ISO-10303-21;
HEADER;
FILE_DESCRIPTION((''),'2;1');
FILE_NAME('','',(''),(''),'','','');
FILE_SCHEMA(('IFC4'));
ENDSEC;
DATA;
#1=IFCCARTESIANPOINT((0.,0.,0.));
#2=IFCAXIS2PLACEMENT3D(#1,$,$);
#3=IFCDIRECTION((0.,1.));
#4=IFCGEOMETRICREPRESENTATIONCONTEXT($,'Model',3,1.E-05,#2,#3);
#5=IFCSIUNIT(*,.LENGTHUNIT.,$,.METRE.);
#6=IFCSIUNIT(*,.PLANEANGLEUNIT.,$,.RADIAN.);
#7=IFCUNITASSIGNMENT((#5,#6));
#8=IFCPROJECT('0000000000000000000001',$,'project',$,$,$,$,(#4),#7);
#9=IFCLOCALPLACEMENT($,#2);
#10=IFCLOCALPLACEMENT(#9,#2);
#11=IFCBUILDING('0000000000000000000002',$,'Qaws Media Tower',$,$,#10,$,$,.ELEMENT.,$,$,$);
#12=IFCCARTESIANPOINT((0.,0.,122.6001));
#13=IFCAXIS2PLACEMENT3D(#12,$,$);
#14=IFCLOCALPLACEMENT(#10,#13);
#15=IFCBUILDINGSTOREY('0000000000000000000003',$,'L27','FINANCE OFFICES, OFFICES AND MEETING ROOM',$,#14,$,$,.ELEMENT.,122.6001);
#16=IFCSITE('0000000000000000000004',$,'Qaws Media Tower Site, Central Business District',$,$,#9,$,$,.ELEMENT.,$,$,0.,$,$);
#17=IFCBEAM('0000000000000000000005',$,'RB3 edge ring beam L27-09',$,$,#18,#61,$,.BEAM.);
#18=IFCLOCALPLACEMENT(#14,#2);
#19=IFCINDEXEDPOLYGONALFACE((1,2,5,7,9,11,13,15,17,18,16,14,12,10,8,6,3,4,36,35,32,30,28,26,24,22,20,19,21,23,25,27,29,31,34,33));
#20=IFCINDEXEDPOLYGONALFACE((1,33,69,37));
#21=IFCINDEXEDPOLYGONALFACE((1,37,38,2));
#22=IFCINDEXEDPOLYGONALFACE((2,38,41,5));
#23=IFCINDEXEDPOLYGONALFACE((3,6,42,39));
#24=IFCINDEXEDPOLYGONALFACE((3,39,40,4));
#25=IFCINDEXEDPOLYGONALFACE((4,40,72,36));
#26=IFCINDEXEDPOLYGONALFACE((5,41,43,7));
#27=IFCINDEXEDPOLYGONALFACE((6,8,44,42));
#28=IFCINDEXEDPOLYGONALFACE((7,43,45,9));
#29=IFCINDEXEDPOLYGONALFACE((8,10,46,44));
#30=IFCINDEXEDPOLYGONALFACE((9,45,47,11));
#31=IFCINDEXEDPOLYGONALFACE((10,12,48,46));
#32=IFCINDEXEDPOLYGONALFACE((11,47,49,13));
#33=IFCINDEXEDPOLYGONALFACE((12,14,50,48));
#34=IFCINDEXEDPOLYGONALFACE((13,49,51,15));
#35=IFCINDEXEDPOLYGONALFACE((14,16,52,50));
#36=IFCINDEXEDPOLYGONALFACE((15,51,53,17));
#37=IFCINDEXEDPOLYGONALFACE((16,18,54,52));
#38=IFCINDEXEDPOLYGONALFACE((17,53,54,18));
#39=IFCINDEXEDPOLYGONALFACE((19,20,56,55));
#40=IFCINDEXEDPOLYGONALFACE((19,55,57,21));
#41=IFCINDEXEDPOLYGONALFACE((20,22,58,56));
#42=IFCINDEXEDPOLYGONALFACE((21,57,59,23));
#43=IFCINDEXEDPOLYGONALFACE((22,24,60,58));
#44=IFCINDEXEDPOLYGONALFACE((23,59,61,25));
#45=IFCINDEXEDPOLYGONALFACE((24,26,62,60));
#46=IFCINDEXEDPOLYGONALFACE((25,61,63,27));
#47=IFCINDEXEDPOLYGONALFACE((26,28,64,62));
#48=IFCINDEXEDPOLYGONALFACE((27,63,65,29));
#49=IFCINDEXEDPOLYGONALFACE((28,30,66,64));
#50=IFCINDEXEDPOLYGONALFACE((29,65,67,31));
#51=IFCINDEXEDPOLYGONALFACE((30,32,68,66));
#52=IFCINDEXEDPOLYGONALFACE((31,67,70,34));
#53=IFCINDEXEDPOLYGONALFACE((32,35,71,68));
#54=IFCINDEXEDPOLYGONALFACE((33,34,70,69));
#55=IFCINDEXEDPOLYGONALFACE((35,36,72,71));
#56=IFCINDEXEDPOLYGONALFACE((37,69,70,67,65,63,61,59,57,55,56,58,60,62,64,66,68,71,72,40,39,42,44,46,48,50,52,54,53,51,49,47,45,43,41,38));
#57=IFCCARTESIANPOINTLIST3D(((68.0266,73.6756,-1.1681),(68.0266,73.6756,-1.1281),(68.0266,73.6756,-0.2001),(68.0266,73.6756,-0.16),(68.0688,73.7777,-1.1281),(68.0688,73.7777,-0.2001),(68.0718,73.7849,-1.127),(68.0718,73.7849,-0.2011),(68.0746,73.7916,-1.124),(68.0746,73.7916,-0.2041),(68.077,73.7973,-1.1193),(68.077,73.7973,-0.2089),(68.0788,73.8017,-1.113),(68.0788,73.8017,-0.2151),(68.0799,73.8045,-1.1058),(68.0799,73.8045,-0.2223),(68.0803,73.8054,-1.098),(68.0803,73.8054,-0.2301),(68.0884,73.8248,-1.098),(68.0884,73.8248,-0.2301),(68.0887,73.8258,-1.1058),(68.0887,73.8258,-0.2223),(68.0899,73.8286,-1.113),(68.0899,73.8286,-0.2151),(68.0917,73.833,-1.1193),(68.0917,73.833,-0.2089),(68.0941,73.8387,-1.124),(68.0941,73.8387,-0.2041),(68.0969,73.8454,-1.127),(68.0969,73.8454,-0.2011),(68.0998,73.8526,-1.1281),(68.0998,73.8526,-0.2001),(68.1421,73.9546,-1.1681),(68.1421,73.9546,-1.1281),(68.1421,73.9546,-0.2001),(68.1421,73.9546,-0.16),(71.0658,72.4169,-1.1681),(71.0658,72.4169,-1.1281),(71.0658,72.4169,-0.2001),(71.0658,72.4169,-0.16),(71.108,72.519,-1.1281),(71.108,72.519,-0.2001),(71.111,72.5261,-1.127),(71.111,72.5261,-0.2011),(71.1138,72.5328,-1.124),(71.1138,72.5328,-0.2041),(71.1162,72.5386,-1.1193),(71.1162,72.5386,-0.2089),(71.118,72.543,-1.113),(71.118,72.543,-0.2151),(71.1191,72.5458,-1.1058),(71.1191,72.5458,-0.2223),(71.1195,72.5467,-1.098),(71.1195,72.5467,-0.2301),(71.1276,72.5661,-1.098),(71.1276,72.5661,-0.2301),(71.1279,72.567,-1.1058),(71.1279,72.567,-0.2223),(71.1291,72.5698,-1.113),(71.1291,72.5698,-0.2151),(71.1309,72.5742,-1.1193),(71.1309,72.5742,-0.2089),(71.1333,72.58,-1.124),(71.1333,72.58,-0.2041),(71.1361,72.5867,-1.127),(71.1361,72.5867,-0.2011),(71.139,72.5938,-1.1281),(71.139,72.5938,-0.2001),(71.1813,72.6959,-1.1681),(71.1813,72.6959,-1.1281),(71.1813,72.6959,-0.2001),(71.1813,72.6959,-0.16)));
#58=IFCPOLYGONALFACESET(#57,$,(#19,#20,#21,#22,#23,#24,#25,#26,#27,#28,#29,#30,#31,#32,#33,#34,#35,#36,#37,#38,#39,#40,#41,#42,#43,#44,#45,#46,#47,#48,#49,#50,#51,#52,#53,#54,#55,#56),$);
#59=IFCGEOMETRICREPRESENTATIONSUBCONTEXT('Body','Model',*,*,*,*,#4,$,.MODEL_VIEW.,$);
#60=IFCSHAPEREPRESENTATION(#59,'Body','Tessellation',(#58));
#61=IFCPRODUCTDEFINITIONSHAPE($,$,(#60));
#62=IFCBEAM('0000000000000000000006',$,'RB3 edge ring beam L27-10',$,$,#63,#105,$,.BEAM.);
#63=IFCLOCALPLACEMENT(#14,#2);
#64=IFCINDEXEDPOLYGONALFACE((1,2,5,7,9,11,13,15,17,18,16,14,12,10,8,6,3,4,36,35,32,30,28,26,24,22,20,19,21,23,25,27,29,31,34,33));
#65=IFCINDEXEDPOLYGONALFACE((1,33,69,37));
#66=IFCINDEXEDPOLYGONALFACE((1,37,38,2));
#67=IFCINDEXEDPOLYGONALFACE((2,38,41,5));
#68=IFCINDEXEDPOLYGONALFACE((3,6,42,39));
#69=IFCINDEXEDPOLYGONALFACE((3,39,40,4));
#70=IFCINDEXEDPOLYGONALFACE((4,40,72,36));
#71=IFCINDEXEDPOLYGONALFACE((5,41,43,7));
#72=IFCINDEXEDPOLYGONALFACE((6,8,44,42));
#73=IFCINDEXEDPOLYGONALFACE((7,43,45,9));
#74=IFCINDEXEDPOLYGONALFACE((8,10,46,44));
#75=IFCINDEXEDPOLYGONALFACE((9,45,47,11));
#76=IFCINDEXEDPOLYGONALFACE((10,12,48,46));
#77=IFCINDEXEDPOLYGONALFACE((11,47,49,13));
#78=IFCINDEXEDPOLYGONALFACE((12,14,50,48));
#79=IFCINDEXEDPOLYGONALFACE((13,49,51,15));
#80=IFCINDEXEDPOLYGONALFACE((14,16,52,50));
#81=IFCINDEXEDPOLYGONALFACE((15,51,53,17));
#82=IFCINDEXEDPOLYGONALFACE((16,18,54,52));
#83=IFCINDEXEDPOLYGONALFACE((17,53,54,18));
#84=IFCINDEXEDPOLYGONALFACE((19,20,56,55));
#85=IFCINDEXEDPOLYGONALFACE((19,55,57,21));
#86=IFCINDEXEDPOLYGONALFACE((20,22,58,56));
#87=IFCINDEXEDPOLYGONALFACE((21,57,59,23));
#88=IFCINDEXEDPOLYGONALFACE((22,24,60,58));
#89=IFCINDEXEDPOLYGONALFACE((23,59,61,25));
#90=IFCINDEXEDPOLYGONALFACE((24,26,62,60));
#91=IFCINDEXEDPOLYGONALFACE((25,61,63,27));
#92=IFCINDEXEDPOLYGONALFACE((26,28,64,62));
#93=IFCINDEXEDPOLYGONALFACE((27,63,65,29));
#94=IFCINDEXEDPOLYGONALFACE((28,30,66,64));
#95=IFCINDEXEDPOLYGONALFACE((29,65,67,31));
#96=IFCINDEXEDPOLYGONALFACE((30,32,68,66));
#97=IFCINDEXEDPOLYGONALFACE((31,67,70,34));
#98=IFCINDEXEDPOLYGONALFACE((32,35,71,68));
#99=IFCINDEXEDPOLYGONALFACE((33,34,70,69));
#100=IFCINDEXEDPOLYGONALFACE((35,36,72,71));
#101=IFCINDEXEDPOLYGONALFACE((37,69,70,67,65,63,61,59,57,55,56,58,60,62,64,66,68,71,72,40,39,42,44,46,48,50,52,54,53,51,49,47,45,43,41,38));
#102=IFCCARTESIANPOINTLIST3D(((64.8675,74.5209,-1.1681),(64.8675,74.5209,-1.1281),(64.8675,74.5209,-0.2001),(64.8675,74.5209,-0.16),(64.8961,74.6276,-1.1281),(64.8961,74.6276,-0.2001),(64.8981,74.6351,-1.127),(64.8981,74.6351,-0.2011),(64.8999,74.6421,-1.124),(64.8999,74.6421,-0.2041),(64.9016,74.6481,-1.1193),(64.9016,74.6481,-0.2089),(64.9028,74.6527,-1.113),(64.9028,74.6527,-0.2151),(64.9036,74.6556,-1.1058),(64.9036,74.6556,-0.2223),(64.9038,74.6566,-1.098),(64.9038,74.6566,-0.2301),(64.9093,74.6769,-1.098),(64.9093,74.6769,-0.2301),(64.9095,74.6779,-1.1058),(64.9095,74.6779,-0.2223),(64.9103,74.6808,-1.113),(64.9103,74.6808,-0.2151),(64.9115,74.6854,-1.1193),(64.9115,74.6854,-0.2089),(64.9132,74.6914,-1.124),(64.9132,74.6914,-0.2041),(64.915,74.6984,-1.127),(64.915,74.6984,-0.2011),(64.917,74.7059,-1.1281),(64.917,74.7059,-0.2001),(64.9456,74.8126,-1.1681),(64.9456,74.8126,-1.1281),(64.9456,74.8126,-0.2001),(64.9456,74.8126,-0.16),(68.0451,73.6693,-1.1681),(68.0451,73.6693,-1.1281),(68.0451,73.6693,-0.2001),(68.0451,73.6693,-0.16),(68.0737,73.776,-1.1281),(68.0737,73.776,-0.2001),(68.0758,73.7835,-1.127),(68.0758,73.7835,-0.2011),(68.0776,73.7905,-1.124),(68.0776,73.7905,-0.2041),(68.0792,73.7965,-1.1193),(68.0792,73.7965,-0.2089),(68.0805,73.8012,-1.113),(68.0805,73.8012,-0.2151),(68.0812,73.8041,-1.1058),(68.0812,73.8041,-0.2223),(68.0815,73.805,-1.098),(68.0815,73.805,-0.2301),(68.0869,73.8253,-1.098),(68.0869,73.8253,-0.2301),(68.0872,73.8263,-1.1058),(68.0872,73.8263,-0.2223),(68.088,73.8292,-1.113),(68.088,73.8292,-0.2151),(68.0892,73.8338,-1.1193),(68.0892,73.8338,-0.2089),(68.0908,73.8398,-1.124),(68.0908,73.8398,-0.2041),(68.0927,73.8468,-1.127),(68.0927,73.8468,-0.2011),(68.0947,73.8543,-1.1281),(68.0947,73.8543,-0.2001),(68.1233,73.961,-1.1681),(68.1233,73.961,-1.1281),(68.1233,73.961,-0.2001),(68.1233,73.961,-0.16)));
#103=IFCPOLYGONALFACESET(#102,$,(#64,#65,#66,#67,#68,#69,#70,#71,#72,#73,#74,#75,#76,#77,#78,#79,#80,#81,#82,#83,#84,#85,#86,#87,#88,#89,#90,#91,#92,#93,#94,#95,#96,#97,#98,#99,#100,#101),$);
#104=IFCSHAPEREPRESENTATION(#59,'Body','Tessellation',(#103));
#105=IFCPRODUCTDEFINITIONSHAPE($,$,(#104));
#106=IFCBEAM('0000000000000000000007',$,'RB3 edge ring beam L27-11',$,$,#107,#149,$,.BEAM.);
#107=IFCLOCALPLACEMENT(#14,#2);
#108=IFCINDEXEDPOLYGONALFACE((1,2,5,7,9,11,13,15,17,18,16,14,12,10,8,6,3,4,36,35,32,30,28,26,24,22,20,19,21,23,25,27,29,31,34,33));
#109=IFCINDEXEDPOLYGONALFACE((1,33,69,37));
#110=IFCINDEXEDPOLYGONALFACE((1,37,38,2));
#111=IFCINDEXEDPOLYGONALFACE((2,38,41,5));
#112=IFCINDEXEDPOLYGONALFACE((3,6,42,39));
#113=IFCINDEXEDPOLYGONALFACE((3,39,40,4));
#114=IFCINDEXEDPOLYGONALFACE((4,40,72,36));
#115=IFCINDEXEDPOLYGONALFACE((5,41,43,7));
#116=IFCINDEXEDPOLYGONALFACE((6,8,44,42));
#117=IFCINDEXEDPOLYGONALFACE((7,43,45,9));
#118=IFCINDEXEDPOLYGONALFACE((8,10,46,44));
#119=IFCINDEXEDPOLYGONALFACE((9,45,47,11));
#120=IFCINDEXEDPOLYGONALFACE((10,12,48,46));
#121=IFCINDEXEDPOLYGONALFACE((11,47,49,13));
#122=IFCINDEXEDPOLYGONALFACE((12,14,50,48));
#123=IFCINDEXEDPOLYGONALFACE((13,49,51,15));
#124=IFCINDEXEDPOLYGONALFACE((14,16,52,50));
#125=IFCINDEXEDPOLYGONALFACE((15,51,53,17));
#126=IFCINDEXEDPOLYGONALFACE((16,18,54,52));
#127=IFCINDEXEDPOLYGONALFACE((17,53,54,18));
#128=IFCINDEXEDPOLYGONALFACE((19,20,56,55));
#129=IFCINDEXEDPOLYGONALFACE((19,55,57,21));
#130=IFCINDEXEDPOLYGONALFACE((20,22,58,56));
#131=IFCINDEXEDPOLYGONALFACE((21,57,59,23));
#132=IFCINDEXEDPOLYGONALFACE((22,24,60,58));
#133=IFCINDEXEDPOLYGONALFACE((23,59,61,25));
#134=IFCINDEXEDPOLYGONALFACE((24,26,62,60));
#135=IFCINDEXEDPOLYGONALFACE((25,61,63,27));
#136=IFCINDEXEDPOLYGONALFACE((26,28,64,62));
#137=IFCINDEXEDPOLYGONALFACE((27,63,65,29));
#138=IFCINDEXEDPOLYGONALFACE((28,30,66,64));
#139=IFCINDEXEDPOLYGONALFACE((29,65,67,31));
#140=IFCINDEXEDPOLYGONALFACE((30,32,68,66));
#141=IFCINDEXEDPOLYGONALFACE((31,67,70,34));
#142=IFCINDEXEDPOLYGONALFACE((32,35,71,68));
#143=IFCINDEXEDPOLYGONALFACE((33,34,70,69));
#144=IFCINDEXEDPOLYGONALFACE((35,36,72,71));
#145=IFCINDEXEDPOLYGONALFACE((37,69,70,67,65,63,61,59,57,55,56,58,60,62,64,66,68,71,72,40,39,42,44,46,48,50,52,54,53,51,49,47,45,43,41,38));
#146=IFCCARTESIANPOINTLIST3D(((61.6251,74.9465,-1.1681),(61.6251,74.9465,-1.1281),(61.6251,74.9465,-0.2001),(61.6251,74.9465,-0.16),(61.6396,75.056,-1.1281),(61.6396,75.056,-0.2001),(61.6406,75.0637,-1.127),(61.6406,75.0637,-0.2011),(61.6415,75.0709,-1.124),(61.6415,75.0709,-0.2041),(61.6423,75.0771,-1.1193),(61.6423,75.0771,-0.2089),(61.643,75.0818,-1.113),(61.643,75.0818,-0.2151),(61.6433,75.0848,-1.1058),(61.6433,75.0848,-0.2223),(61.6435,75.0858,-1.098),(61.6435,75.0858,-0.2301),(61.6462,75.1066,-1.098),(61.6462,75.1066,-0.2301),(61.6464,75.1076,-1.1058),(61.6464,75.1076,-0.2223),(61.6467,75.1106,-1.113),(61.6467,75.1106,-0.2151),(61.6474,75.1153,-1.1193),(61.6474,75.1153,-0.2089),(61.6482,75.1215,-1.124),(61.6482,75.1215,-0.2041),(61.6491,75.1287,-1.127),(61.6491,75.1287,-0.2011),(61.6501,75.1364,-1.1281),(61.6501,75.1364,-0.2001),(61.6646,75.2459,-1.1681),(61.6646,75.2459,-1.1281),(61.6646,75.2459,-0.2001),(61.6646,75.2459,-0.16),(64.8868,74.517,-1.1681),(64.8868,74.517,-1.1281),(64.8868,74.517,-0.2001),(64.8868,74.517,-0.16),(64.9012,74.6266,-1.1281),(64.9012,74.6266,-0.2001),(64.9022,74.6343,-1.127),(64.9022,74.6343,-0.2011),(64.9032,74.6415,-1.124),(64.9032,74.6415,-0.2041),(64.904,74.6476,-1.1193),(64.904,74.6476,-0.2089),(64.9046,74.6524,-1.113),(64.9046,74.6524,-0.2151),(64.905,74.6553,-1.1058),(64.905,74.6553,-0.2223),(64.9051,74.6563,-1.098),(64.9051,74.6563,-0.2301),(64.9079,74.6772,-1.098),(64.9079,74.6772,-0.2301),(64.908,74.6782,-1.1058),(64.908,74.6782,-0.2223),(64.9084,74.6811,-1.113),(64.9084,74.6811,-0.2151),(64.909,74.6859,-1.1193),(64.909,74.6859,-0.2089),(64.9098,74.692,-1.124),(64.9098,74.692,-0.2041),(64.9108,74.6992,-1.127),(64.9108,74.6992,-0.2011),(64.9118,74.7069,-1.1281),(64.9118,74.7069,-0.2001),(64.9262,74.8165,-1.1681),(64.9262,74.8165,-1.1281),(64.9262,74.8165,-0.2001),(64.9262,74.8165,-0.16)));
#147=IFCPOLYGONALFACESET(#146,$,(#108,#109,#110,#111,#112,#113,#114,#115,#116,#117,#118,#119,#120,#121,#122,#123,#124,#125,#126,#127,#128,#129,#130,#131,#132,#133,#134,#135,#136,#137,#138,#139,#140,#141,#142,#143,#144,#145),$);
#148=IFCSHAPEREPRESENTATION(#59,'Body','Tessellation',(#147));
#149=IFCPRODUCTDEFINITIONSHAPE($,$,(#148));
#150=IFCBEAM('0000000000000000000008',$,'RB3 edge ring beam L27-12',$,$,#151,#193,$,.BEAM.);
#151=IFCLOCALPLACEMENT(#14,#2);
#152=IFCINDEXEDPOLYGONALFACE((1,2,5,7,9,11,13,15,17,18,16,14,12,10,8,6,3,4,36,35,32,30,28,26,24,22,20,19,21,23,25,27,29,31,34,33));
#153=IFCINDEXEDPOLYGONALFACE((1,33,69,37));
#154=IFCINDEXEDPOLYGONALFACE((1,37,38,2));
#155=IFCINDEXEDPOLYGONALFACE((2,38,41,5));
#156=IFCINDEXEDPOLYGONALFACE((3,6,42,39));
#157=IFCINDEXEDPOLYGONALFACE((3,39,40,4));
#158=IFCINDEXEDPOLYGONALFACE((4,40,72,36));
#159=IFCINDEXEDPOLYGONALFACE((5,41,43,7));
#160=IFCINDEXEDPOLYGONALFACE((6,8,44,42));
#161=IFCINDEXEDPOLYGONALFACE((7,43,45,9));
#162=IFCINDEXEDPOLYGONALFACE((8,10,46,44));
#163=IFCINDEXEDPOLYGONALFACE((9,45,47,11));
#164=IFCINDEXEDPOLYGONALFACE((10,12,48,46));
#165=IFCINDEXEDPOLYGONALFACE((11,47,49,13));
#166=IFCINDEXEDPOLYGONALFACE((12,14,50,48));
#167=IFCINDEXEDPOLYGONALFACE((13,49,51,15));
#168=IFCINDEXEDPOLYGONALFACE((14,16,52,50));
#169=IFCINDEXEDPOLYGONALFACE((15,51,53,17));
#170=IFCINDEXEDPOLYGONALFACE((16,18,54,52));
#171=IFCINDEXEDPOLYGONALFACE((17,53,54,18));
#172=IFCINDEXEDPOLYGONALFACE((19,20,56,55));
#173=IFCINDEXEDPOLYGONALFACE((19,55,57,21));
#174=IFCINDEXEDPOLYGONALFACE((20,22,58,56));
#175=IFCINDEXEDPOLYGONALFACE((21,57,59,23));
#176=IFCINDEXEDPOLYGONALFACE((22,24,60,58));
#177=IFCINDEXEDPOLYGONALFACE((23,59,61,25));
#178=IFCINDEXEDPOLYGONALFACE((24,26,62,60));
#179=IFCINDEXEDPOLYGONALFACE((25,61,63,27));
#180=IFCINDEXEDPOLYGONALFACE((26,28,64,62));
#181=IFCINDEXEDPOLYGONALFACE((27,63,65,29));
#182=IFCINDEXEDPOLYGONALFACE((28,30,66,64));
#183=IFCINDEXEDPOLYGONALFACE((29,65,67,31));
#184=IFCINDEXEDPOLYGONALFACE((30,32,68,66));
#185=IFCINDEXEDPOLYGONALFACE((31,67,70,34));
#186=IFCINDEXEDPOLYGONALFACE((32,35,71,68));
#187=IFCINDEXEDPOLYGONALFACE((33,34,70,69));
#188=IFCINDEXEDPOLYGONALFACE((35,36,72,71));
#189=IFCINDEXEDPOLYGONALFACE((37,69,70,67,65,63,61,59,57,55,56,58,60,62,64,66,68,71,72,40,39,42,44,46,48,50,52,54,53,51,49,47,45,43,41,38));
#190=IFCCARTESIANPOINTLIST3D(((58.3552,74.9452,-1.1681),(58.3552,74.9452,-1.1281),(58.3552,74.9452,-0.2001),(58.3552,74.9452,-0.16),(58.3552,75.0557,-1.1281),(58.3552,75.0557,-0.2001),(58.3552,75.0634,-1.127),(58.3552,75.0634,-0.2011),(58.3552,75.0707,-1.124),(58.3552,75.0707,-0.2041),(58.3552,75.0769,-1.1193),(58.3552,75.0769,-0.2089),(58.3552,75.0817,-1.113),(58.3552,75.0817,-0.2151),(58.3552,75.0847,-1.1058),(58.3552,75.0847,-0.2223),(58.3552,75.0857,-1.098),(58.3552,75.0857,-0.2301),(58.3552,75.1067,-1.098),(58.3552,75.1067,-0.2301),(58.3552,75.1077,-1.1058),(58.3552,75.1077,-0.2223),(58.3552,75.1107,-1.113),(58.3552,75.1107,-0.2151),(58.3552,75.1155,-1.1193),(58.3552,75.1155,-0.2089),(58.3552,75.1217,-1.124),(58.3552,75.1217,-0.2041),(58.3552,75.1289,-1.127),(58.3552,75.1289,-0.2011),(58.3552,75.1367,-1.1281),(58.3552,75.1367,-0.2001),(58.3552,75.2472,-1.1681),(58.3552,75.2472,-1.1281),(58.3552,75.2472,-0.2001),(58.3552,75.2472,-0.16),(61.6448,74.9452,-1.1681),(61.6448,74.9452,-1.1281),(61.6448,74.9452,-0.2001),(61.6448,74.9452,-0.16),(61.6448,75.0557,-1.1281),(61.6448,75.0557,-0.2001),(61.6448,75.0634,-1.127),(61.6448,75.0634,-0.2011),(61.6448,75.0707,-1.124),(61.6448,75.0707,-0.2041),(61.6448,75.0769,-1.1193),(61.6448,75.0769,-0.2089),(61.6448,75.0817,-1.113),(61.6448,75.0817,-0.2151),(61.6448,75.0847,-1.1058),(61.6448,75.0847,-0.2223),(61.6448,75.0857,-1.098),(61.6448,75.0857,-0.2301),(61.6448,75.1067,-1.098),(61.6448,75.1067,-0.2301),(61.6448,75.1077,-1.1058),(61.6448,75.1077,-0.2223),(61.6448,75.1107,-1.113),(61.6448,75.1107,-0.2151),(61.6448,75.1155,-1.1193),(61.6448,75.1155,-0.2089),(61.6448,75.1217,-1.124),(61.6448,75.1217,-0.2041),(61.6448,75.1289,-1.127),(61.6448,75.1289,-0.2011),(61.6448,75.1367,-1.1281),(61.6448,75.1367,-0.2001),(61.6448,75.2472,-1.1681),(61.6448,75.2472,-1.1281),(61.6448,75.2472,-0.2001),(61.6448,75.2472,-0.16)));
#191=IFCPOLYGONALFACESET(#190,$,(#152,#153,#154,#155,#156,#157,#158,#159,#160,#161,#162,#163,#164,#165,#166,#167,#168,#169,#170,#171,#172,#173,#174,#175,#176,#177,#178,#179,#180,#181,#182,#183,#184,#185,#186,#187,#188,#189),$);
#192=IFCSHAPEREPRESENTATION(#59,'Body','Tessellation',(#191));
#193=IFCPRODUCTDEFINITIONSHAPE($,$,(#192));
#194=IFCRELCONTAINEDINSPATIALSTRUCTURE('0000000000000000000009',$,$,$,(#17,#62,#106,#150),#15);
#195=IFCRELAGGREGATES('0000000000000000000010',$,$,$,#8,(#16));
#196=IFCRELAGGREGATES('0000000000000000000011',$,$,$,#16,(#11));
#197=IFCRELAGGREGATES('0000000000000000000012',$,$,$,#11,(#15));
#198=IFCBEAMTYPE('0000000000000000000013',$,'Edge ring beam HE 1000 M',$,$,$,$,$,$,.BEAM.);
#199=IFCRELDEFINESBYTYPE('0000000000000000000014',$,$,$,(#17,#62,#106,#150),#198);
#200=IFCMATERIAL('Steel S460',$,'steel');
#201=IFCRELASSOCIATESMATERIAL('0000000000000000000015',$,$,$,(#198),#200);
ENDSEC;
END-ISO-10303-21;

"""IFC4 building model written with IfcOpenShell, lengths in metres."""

from ifc_helpers import new_model, si_unit, direction, frame, origin, origin_2d, place, context, subcontext, project, spatial, i_section, extrude, material, material_profile, profile_set, type_object, element, save


model = new_model("IFC4")

# Units and contexts
model_context = context("Model", 3, precision=1e-05, world=origin(), true_north=direction((0.0, 1.0)))
body_context = subcontext(model_context, "Body", "Model", "MODEL_VIEW")
ifc_project = project(units=[si_unit("LENGTHUNIT", "METRE"), si_unit("PLANEANGLEUNIT", "RADIAN")], contexts=[model_context])

# Site, building, storey
site_placement = place(None, origin())
site = spatial("IfcSite", under=ifc_project, at=site_placement, Name="Qaws Media Tower Site, Central Business District", CompositionType="ELEMENT", RefElevation=0.0)
building_placement = place(site_placement, origin())
building = spatial("IfcBuilding", under=site, at=building_placement, Name="Qaws Media Tower", CompositionType="ELEMENT")
storey_placement = place(building_placement, frame((0.0, 0.0, 122.6001)))
storey = spatial("IfcBuildingStorey", under=building, at=storey_placement, Name="L27", Description="FINANCE OFFICES, OFFICES AND MEETING ROOM", CompositionType="ELEMENT", Elevation=122.6001)

# Beams
ifc_material_1 = material(Name="Steel S460", Category="steel")
ifc_material_profile_1 = material_profile(ifc_material_1, i_section(OverallWidth=0.302, OverallDepth=1.0081, WebThickness=0.021, FlangeThickness=0.04, FilletRadius=0.03, at=origin_2d()), Name="HE 1000 M")
ifc_profile_set_1 = profile_set([ifc_material_profile_1], Name="Steel S460")
beam_type = type_object("IfcBeamType", Name="Edge ring beam HE 1000 M", PredefinedType="BEAM", material=ifc_profile_set_1)
beam_1_placement = place(storey_placement, frame((71.1235, 72.5564, -0.6641), z_axis=(-0.923894, 0.382649, 0.0), x_axis=(-0.382649, -0.923894, 0.0)))
element("IfcBeam", 1, at=beam_1_placement, inside=storey, type_object=beam_type, Name="RB3 edge ring beam L27-09", PredefinedType="BEAM", context=body_context, shape_type="SweptSolid", body=[
    extrude(i_section(OverallWidth=0.302, OverallDepth=1.0081, WebThickness=0.021, FlangeThickness=0.04, FilletRadius=0.03, at=origin_2d()), origin(), (0.0, 0.0, 1.0), 3.2896),
])
for number, where, z_axis, x_axis, name in (
    (2, (68.0842, 73.8152, -0.6641), (-0.965919, 0.258845, 0.0), (-0.258845, -0.965919, 0.0), "RB3 edge ring beam L27-10"),
    (3, (64.9065, 74.6667, -0.6641), (-0.991444, 0.130535, 0.0), (-0.130535, -0.991444, 0.0), "RB3 edge ring beam L27-11"),
):
    element("IfcBeam", number, at=place(storey_placement, frame(where, z_axis=z_axis, x_axis=x_axis)), inside=storey, type_object=beam_type, Name=name, PredefinedType="BEAM", context=body_context, shape_type="SweptSolid", body=[
        extrude(i_section(OverallWidth=0.302, OverallDepth=1.0081, WebThickness=0.021, FlangeThickness=0.04, FilletRadius=0.03, at=origin_2d()), origin(), (0.0, 0.0, 1.0), 3.2898),
    ])
beam_2_placement = place(storey_placement, frame((61.6448, 75.0962, -0.6641), z_axis=(-1.0, 0.0, 0.0), x_axis=(0.0, -1.0, 0.0)))
element("IfcBeam", 4, at=beam_2_placement, inside=storey, type_object=beam_type, Name="RB3 edge ring beam L27-12", PredefinedType="BEAM", context=body_context, shape_type="SweptSolid", body=[
    extrude(i_section(OverallWidth=0.302, OverallDepth=1.0081, WebThickness=0.021, FlangeThickness=0.04, FilletRadius=0.03, at=origin_2d()), origin(), (0.0, 0.0, 1.0), 3.2896),
])

save(model, "model.ifc")
